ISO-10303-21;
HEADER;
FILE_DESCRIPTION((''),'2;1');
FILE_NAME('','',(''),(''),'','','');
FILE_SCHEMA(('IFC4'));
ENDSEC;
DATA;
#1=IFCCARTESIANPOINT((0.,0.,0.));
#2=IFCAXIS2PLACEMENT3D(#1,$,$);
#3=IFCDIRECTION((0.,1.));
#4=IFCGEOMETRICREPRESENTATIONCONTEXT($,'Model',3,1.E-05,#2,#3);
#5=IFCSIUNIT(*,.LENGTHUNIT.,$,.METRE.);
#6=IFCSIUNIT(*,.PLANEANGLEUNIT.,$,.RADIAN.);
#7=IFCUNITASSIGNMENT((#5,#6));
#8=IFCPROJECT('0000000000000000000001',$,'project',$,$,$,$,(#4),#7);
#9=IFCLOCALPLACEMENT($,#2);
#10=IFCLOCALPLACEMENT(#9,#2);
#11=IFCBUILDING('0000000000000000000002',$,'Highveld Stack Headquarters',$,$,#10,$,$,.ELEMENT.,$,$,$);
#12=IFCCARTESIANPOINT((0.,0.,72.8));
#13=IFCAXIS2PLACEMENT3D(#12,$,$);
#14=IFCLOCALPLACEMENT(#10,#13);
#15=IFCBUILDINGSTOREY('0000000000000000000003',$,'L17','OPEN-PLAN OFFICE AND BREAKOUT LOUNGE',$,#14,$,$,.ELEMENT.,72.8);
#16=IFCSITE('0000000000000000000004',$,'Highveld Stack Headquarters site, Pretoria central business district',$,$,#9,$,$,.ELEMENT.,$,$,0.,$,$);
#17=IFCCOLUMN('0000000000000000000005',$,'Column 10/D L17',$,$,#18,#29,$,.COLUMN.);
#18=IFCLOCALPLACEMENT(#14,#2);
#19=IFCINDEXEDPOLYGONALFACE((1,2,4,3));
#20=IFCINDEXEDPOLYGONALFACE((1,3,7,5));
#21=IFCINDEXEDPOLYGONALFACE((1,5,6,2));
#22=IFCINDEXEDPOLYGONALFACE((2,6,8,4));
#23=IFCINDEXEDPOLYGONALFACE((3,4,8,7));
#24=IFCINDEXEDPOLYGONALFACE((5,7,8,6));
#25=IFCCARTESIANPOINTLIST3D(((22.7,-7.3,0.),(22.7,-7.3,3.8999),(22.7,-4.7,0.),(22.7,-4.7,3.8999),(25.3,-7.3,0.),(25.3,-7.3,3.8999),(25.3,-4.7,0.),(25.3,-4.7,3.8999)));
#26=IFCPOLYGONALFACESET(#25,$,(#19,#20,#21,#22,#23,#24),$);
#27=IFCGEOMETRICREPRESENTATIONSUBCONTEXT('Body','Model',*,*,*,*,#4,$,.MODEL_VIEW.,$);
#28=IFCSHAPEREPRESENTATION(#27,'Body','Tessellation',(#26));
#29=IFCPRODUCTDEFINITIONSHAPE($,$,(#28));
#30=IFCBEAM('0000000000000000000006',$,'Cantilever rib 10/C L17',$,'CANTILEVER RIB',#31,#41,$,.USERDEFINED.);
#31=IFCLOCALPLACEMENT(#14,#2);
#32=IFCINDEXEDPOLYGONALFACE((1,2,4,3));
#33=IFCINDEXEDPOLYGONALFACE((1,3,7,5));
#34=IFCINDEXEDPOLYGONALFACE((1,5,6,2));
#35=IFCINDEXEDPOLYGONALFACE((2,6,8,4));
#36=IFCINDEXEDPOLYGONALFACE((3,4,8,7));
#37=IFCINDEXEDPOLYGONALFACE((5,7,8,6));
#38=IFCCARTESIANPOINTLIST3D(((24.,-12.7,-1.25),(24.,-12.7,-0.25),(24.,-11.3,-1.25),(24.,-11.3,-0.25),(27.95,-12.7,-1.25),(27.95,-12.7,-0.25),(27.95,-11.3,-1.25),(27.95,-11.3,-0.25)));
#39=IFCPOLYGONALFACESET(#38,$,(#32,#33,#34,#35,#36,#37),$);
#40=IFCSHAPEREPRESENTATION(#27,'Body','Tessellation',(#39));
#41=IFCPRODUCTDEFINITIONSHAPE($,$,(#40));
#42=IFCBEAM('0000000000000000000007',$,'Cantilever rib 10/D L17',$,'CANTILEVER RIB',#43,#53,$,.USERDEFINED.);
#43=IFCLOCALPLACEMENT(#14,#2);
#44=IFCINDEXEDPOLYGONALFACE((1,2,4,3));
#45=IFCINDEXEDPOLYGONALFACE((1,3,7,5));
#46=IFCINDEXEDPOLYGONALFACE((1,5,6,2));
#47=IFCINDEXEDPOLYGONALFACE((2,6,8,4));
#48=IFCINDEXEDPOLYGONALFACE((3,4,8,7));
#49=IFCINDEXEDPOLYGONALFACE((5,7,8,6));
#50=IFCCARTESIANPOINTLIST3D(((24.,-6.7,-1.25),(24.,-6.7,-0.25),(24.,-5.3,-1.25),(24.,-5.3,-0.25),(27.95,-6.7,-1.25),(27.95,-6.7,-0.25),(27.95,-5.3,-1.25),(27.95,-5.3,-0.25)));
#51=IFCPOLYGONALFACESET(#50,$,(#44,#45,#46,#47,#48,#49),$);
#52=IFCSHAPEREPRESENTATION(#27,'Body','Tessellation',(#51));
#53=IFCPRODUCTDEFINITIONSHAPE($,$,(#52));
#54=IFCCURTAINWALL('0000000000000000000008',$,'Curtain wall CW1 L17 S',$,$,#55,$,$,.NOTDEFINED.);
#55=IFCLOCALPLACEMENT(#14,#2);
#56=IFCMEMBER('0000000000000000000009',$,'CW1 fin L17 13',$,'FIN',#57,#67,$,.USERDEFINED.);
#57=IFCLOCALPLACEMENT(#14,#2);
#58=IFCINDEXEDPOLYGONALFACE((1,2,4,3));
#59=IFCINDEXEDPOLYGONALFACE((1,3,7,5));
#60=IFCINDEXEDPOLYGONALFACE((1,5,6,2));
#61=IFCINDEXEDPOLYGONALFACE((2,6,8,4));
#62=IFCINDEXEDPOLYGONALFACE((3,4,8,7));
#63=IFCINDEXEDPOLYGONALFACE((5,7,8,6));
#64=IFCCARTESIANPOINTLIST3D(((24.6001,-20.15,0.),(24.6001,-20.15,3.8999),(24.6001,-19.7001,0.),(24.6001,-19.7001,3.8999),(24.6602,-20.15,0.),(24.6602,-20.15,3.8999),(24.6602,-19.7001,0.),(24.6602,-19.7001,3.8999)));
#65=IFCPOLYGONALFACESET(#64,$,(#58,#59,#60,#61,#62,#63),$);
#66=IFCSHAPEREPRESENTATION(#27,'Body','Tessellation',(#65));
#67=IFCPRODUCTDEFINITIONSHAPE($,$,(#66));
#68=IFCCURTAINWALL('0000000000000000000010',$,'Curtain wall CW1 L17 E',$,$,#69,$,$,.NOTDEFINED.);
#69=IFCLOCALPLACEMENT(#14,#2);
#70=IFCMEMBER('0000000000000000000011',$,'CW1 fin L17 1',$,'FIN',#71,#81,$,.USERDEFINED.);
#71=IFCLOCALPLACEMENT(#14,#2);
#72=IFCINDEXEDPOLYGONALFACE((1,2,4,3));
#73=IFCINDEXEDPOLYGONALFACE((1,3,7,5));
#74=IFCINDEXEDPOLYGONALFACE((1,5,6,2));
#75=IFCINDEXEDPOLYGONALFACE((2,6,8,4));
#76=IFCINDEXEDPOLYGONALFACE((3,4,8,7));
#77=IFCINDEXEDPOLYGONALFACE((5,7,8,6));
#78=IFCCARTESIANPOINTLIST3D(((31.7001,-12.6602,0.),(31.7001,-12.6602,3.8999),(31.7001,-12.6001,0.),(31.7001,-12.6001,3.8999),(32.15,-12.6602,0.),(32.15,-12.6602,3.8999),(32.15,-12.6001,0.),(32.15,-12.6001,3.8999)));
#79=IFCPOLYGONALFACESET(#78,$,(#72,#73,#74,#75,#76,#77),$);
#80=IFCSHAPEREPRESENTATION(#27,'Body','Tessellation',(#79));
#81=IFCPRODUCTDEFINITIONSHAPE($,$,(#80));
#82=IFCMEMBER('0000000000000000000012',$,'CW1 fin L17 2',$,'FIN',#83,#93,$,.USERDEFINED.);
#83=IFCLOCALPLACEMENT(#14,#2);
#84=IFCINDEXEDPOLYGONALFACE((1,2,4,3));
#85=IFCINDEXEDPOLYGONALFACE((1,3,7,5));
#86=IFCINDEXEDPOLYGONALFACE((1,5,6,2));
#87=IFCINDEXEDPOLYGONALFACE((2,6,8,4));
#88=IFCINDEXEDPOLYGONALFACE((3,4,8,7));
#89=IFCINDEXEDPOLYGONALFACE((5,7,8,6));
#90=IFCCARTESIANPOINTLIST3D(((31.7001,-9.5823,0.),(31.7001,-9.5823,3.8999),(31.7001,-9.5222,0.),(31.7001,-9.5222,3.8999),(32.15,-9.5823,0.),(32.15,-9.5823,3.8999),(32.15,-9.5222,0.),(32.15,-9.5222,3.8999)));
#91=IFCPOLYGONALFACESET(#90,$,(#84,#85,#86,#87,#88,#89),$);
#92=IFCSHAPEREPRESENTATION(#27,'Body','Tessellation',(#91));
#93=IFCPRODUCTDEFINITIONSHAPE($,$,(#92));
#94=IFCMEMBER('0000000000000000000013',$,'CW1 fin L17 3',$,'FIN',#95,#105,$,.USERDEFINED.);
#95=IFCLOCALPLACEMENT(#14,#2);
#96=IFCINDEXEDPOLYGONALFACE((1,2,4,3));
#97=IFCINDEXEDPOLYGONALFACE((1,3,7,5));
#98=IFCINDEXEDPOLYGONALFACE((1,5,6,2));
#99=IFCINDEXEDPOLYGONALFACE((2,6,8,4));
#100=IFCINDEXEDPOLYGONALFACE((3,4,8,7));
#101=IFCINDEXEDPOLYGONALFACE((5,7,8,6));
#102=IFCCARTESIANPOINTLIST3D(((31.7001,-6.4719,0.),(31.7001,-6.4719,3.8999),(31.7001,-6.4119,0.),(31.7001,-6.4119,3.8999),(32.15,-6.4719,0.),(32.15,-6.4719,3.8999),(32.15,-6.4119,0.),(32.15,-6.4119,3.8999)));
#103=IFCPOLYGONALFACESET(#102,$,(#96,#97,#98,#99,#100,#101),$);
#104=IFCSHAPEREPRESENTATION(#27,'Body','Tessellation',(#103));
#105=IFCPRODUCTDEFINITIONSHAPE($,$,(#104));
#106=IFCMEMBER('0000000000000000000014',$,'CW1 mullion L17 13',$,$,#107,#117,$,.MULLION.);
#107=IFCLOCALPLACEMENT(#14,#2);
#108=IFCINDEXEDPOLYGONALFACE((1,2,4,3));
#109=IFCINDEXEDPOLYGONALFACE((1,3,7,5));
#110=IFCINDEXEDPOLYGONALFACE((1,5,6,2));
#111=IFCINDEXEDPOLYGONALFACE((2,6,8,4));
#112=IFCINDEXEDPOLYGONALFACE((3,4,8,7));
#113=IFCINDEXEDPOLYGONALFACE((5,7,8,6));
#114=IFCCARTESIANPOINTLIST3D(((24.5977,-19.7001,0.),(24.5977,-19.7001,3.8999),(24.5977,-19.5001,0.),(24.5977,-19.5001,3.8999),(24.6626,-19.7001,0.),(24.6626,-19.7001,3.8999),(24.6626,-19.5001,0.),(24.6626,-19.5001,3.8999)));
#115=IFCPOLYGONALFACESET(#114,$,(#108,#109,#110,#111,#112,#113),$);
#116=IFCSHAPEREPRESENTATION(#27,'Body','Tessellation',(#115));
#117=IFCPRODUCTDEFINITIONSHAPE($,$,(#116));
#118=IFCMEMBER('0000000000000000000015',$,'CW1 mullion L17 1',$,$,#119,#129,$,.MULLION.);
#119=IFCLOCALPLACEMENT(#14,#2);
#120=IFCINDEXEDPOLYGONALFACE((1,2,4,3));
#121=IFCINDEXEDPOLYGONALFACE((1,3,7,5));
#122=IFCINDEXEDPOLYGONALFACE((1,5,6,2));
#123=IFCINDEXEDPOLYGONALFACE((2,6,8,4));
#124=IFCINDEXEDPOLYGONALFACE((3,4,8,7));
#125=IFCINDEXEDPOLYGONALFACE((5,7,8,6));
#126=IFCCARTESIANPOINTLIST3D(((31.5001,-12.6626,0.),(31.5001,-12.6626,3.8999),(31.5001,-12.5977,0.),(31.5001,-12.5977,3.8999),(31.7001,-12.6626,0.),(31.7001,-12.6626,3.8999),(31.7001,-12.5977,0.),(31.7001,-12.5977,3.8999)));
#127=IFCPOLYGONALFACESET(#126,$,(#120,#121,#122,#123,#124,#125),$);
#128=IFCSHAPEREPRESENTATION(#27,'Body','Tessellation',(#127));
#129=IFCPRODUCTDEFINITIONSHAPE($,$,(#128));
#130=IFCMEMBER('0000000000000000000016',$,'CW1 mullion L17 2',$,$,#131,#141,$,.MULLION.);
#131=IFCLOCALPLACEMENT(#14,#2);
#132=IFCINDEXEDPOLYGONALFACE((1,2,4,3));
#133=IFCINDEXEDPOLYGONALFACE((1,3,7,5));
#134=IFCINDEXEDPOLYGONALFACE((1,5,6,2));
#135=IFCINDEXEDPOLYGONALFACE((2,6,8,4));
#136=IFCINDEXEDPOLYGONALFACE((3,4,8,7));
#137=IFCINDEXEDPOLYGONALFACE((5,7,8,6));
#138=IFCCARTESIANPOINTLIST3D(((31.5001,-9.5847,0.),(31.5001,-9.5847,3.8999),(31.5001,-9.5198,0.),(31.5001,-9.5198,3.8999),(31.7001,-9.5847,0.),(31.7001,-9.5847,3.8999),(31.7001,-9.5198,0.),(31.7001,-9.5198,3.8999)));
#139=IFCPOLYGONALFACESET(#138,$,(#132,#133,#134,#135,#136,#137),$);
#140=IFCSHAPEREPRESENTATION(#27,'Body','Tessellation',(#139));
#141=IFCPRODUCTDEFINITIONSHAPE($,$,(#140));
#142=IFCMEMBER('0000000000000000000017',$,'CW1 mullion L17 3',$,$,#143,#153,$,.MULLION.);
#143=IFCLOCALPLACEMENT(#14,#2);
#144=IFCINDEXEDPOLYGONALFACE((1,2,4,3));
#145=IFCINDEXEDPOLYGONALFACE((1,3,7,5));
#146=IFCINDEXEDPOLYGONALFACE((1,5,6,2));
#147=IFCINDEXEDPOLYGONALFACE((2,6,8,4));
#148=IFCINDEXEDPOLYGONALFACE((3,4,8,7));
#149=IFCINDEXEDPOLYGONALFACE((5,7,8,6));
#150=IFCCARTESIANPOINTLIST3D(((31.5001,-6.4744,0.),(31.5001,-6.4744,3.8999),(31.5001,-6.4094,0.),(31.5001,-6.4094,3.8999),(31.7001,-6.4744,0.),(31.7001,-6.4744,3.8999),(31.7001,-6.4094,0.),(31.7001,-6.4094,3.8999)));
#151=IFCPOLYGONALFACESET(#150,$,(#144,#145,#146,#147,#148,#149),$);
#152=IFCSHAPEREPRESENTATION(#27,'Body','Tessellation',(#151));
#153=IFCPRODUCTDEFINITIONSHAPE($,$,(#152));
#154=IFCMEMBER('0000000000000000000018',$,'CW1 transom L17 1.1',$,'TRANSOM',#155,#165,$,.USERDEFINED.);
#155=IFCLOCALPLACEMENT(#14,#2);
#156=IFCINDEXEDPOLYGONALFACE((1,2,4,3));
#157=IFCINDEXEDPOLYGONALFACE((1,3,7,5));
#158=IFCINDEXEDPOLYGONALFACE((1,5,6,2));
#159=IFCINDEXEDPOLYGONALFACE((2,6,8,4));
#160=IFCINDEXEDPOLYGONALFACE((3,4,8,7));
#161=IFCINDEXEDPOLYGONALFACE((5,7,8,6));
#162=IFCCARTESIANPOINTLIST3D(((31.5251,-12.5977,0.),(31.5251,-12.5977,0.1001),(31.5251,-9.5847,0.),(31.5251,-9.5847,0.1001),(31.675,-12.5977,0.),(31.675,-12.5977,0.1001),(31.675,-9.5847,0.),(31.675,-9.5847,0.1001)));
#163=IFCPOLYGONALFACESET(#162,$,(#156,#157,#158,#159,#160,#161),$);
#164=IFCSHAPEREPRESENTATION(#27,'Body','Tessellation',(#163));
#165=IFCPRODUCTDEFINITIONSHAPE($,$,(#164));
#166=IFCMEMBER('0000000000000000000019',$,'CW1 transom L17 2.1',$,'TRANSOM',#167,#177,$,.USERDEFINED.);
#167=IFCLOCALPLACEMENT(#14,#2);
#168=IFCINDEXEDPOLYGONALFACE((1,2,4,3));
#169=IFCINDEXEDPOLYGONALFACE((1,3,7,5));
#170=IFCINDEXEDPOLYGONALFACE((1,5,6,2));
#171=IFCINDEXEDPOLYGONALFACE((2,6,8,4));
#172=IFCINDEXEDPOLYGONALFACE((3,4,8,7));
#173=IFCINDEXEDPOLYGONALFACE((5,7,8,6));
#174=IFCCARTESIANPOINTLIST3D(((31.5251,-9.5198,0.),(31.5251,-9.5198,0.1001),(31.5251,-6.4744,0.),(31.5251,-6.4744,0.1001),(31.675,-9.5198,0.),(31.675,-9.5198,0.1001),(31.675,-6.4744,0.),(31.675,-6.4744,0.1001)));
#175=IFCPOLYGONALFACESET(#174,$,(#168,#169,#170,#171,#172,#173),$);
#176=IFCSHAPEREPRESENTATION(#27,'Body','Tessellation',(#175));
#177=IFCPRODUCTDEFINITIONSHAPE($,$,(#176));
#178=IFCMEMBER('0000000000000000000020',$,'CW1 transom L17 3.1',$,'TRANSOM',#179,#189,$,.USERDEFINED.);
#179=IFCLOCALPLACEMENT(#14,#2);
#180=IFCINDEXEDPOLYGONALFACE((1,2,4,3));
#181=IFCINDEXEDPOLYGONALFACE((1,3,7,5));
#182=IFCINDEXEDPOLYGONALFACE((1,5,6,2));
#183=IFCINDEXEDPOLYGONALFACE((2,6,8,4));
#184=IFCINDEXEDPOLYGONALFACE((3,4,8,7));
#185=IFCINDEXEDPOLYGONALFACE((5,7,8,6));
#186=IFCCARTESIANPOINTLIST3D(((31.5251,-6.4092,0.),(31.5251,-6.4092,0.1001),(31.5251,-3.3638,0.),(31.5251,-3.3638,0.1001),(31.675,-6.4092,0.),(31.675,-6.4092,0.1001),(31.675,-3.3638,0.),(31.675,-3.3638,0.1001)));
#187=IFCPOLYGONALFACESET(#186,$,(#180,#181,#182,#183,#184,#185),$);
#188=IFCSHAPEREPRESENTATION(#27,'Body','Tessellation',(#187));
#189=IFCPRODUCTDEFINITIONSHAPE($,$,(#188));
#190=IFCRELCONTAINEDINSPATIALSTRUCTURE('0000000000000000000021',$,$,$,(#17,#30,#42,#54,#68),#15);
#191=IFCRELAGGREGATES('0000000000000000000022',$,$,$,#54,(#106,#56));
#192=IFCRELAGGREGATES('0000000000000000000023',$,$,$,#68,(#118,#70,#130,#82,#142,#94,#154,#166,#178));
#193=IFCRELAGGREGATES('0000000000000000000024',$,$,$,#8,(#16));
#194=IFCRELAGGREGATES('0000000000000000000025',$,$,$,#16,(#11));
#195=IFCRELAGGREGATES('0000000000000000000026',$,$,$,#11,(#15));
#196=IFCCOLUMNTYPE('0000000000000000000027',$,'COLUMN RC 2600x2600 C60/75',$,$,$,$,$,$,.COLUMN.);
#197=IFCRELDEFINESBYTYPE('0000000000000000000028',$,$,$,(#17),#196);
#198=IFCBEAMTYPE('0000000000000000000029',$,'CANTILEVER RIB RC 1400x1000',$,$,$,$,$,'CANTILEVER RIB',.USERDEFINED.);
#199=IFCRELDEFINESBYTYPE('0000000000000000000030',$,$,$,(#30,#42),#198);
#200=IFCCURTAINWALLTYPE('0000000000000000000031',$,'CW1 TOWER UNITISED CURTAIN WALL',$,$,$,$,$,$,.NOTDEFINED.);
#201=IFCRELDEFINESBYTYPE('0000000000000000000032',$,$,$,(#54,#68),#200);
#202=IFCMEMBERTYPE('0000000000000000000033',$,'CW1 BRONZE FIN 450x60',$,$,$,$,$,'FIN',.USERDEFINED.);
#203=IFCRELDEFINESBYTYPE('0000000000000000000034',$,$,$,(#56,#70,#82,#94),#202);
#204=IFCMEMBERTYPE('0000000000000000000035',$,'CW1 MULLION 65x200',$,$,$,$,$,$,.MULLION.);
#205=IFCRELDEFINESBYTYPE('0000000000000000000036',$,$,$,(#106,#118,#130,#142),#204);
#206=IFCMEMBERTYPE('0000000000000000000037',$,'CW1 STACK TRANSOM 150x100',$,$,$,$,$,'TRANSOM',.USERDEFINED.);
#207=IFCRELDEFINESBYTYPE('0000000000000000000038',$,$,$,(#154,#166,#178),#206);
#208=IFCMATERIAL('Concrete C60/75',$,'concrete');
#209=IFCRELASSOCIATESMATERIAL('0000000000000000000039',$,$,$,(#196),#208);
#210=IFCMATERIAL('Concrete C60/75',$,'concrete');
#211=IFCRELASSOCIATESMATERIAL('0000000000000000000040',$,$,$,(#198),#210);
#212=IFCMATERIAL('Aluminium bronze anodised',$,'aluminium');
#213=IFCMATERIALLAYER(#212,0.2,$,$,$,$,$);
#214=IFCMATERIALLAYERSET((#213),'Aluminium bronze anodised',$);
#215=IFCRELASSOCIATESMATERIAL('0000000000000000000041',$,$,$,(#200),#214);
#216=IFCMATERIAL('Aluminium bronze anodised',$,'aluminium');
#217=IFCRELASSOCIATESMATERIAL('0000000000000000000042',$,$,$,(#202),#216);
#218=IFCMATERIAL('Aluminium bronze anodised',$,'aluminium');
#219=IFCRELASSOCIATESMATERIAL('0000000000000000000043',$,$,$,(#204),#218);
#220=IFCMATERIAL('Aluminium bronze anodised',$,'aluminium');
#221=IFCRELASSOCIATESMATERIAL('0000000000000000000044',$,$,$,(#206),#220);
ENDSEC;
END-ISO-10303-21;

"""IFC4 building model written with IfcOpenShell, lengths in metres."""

from ifc_helpers import new_model, si_unit, direction, frame, origin, origin_2d, place, context, subcontext, project, spatial, rectangle, extrude, material, layer, layer_set, material_profile, profile_set, type_object, element, aggregate, save


model = new_model("IFC4")

# Units and contexts
model_context = context("Model", 3, precision=1e-05, world=origin(), true_north=direction((0.0, 1.0)))
body_context = subcontext(model_context, "Body", "Model", "MODEL_VIEW")
ifc_project = project(units=[si_unit("LENGTHUNIT", "METRE"), si_unit("PLANEANGLEUNIT", "RADIAN")], contexts=[model_context])

# Site, building, storey
site_placement = place(None, origin())
site = spatial("IfcSite", under=ifc_project, at=site_placement, Name="Highveld Stack Headquarters site, Pretoria central business district", CompositionType="ELEMENT", RefElevation=0.0)
building_placement = place(site_placement, origin())
building = spatial("IfcBuilding", under=site, at=building_placement, Name="Highveld Stack Headquarters", CompositionType="ELEMENT")
storey_placement = place(building_placement, frame((0.0, 0.0, 72.8)))
storey = spatial("IfcBuildingStorey", under=building, at=storey_placement, Name="L17", Description="OPEN-PLAN OFFICE AND BREAKOUT LOUNGE", CompositionType="ELEMENT", Elevation=72.8)

# Column
ifc_material_1 = material(Name="Concrete C60/75", Category="concrete")
ifc_material_profile_1 = material_profile(ifc_material_1, rectangle(XDim=2.6001, YDim=2.6001, at=origin_2d()), Name="RC 2600x2600")
ifc_profile_set_1 = profile_set([ifc_material_profile_1], Name="Concrete C60/75")
column_type = type_object("IfcColumnType", Name="COLUMN RC 2600x2600 C60/75", PredefinedType="COLUMN", material=ifc_profile_set_1)
column_placement = place(storey_placement, frame((24.0, -6.0, 0.0), z_axis=(0.0, 0.0, 1.0), x_axis=(1.0, 0.0, 0.0)))
element("IfcColumn", 1, at=column_placement, inside=storey, type_object=column_type, Name="Column 10/D L17", PredefinedType="COLUMN", context=body_context, shape_type="SweptSolid", body=[
    extrude(rectangle(XDim=2.6001, YDim=2.6001, at=origin_2d()), origin(), (0.0, 0.0, 1.0), 3.8999),
])

# Beams
ifc_material_2 = material(Name="Concrete C60/75", Category="concrete")
ifc_material_profile_2 = material_profile(ifc_material_2, rectangle(XDim=1.3999, YDim=1.0, at=origin_2d()), Name="RC 1400x1000")
ifc_profile_set_2 = profile_set([ifc_material_profile_2], Name="Concrete C60/75")
beam_type_1 = type_object("IfcBeamType", Name="CANTILEVER RIB RC 1400x1000", ElementType="CANTILEVER RIB", PredefinedType="USERDEFINED", material=ifc_profile_set_2)
for number, where, z_axis, x_axis, name in (
    (2, (24.0, -12.0, -0.75), (1.0, 0.0, 0.0), (0.0, 1.0, 0.0), "Cantilever rib 10/C L17"),
    (3, (24.0, -6.0, -0.75), (1.0, 0.0, 0.0), (0.0, 1.0, 0.0), "Cantilever rib 10/D L17"),
):
    element("IfcBeam", number, at=place(storey_placement, frame(where, z_axis=z_axis, x_axis=x_axis)), inside=storey, type_object=beam_type_1, Name=name, ObjectType="CANTILEVER RIB", PredefinedType="USERDEFINED", context=body_context, shape_type="SweptSolid", body=[
        extrude(rectangle(XDim=1.3999, YDim=1.0, at=origin_2d()), origin(), (0.0, 0.0, 1.0), 3.95),
    ])

# Curtain wall, member
ifc_material_3 = material(Name="Aluminium bronze anodised", Category="aluminium")
ifc_layer_1 = layer(ifc_material_3, 0.2)
ifc_layer_set_1 = layer_set([ifc_layer_1], Name="Aluminium bronze anodised")
curtain_wall_type_1 = type_object("IfcCurtainWallType", Name="CW1 TOWER UNITISED CURTAIN WALL", PredefinedType="NOTDEFINED", material=ifc_layer_set_1)
curtain_wall_1_placement = place(storey_placement, origin())
curtain_wall_1 = element("IfcCurtainWall", 4, at=curtain_wall_1_placement, inside=storey, type_object=curtain_wall_type_1, Name="Curtain wall CW1 L17 S", PredefinedType="NOTDEFINED")
ifc_material_4 = material(Name="Aluminium bronze anodised", Category="aluminium")
ifc_material_profile_3 = material_profile(ifc_material_4, rectangle(XDim=0.45, YDim=0.0601, at=origin_2d()), Name="FIN 450x60")
ifc_profile_set_3 = profile_set([ifc_material_profile_3], Name="Aluminium bronze anodised")
member_type_1 = type_object("IfcMemberType", Name="CW1 BRONZE FIN 450x60", ElementType="FIN", PredefinedType="USERDEFINED", material=ifc_profile_set_3)
member_1_placement = place(storey_placement, frame((24.6301, -19.925, 0.0), z_axis=(0.0, 0.0, 1.0), x_axis=(0.0, 1.0, 0.0)))
member_1 = element("IfcMember", 5, at=member_1_placement, type_object=member_type_1, Name="CW1 fin L17 13", ObjectType="FIN", PredefinedType="USERDEFINED", context=body_context, shape_type="SweptSolid", body=[
    extrude(rectangle(XDim=0.45, YDim=0.0601, at=origin_2d()), origin(), (0.0, 0.0, 1.0), 3.8999),
])

# Curtain wall, members
curtain_wall_2_placement = place(storey_placement, origin())
curtain_wall_2 = element("IfcCurtainWall", 6, at=curtain_wall_2_placement, inside=storey, type_object=curtain_wall_type_1, Name="Curtain wall CW1 L17 E", PredefinedType="NOTDEFINED")
member_2_placement = place(storey_placement, frame((31.925, -12.6301, 0.0), z_axis=(0.0, 0.0, 1.0), x_axis=(-1.0, 0.0, 0.0)))
member_2 = element("IfcMember", 7, at=member_2_placement, type_object=member_type_1, Name="CW1 fin L17 1", ObjectType="FIN", PredefinedType="USERDEFINED", context=body_context, shape_type="SweptSolid", body=[
    extrude(rectangle(XDim=0.45, YDim=0.0601, at=origin_2d()), origin(), (0.0, 0.0, 1.0), 3.8999),
])
member_3_placement = place(storey_placement, frame((31.925, -9.5522, 0.0), z_axis=(0.0, 0.0, 1.0), x_axis=(-1.0, 0.0, 0.0)))
member_3 = element("IfcMember", 8, at=member_3_placement, type_object=member_type_1, Name="CW1 fin L17 2", ObjectType="FIN", PredefinedType="USERDEFINED", context=body_context, shape_type="SweptSolid", body=[
    extrude(rectangle(XDim=0.45, YDim=0.0601, at=origin_2d()), origin(), (0.0, 0.0, 1.0), 3.8999),
])
member_4_placement = place(storey_placement, frame((31.925, -6.4419, 0.0), z_axis=(0.0, 0.0, 1.0), x_axis=(-1.0, 0.0, 0.0)))
member_4 = element("IfcMember", 9, at=member_4_placement, type_object=member_type_1, Name="CW1 fin L17 3", ObjectType="FIN", PredefinedType="USERDEFINED", context=body_context, shape_type="SweptSolid", body=[
    extrude(rectangle(XDim=0.45, YDim=0.0601, at=origin_2d()), origin(), (0.0, 0.0, 1.0), 3.8999),
])

# Members
ifc_material_5 = material(Name="Aluminium bronze anodised", Category="aluminium")
ifc_material_profile_4 = material_profile(ifc_material_5, rectangle(XDim=0.2, YDim=0.0649, at=origin_2d()), Name="CW1 MULLION 65x200")
ifc_profile_set_4 = profile_set([ifc_material_profile_4], Name="Aluminium bronze anodised")
member_type_2 = type_object("IfcMemberType", Name="CW1 MULLION 65x200", PredefinedType="MULLION", material=ifc_profile_set_4)
member_5_placement = place(storey_placement, frame((24.6301, -19.6001, 0.0), z_axis=(0.0, 0.0, 1.0), x_axis=(0.0, 1.0, 0.0)))
member_5 = element("IfcMember", 10, at=member_5_placement, type_object=member_type_2, Name="CW1 mullion L17 13", PredefinedType="MULLION", context=body_context, shape_type="SweptSolid", body=[
    extrude(rectangle(XDim=0.2, YDim=0.0649, at=origin_2d()), origin(), (0.0, 0.0, 1.0), 3.8999),
])
aggregate(curtain_wall_1, [member_5, member_1])
member_6_placement = place(storey_placement, frame((31.6001, -12.6301, 0.0), z_axis=(0.0, 0.0, 1.0), x_axis=(-1.0, 0.0, 0.0)))
member_6 = element("IfcMember", 11, at=member_6_placement, type_object=member_type_2, Name="CW1 mullion L17 1", PredefinedType="MULLION", context=body_context, shape_type="SweptSolid", body=[
    extrude(rectangle(XDim=0.2, YDim=0.0649, at=origin_2d()), origin(), (0.0, 0.0, 1.0), 3.8999),
])
member_7_placement = place(storey_placement, frame((31.6001, -9.5522, 0.0), z_axis=(0.0, 0.0, 1.0), x_axis=(-1.0, 0.0, 0.0)))
member_7 = element("IfcMember", 12, at=member_7_placement, type_object=member_type_2, Name="CW1 mullion L17 2", PredefinedType="MULLION", context=body_context, shape_type="SweptSolid", body=[
    extrude(rectangle(XDim=0.2, YDim=0.0649, at=origin_2d()), origin(), (0.0, 0.0, 1.0), 3.8999),
])
member_8_placement = place(storey_placement, frame((31.6001, -6.4419, 0.0), z_axis=(0.0, 0.0, 1.0), x_axis=(-1.0, 0.0, 0.0)))
member_8 = element("IfcMember", 13, at=member_8_placement, type_object=member_type_2, Name="CW1 mullion L17 3", PredefinedType="MULLION", context=body_context, shape_type="SweptSolid", body=[
    extrude(rectangle(XDim=0.2, YDim=0.0649, at=origin_2d()), origin(), (0.0, 0.0, 1.0), 3.8999),
])
ifc_material_6 = material(Name="Aluminium bronze anodised", Category="aluminium")
ifc_material_profile_5 = material_profile(ifc_material_6, rectangle(XDim=0.1499, YDim=0.1001, at=origin_2d()), Name="CW1 TRANSOM 150x100")
ifc_profile_set_5 = profile_set([ifc_material_profile_5], Name="Aluminium bronze anodised")
member_type_3 = type_object("IfcMemberType", Name="CW1 STACK TRANSOM 150x100", ElementType="TRANSOM", PredefinedType="USERDEFINED", material=ifc_profile_set_5)
member_9_placement = place(storey_placement, frame((31.6001, -12.5977, 0.05), z_axis=(0.0, 1.0, 0.0), x_axis=(-1.0, 0.0, 0.0)))
member_9 = element("IfcMember", 14, at=member_9_placement, type_object=member_type_3, Name="CW1 transom L17 1.1", ObjectType="TRANSOM", PredefinedType="USERDEFINED", context=body_context, shape_type="SweptSolid", body=[
    extrude(rectangle(XDim=0.1499, YDim=0.1001, at=origin_2d()), origin(), (0.0, 0.0, 1.0), 3.0129),
])
member_10_placement = place(storey_placement, frame((31.6001, -9.5198, 0.05), z_axis=(0.0, 1.0, 0.0), x_axis=(-1.0, 0.0, 0.0)))
member_10 = element("IfcMember", 15, at=member_10_placement, type_object=member_type_3, Name="CW1 transom L17 2.1", ObjectType="TRANSOM", PredefinedType="USERDEFINED", context=body_context, shape_type="SweptSolid", body=[
    extrude(rectangle(XDim=0.1499, YDim=0.1001, at=origin_2d()), origin(), (0.0, 0.0, 1.0), 3.0454),
])
member_11_placement = place(storey_placement, frame((31.6001, -6.4092, 0.05), z_axis=(0.0, 1.0, 0.0), x_axis=(-1.0, 0.0, 0.0)))
member_11 = element("IfcMember", 16, at=member_11_placement, type_object=member_type_3, Name="CW1 transom L17 3.1", ObjectType="TRANSOM", PredefinedType="USERDEFINED", context=body_context, shape_type="SweptSolid", body=[
    extrude(rectangle(XDim=0.1499, YDim=0.1001, at=origin_2d()), origin(), (0.0, 0.0, 1.0), 3.0454),
])

aggregate(curtain_wall_2, [member_6, member_2, member_7, member_3, member_8, member_4, member_9, member_10, member_11])

save(model, "model.ifc")
